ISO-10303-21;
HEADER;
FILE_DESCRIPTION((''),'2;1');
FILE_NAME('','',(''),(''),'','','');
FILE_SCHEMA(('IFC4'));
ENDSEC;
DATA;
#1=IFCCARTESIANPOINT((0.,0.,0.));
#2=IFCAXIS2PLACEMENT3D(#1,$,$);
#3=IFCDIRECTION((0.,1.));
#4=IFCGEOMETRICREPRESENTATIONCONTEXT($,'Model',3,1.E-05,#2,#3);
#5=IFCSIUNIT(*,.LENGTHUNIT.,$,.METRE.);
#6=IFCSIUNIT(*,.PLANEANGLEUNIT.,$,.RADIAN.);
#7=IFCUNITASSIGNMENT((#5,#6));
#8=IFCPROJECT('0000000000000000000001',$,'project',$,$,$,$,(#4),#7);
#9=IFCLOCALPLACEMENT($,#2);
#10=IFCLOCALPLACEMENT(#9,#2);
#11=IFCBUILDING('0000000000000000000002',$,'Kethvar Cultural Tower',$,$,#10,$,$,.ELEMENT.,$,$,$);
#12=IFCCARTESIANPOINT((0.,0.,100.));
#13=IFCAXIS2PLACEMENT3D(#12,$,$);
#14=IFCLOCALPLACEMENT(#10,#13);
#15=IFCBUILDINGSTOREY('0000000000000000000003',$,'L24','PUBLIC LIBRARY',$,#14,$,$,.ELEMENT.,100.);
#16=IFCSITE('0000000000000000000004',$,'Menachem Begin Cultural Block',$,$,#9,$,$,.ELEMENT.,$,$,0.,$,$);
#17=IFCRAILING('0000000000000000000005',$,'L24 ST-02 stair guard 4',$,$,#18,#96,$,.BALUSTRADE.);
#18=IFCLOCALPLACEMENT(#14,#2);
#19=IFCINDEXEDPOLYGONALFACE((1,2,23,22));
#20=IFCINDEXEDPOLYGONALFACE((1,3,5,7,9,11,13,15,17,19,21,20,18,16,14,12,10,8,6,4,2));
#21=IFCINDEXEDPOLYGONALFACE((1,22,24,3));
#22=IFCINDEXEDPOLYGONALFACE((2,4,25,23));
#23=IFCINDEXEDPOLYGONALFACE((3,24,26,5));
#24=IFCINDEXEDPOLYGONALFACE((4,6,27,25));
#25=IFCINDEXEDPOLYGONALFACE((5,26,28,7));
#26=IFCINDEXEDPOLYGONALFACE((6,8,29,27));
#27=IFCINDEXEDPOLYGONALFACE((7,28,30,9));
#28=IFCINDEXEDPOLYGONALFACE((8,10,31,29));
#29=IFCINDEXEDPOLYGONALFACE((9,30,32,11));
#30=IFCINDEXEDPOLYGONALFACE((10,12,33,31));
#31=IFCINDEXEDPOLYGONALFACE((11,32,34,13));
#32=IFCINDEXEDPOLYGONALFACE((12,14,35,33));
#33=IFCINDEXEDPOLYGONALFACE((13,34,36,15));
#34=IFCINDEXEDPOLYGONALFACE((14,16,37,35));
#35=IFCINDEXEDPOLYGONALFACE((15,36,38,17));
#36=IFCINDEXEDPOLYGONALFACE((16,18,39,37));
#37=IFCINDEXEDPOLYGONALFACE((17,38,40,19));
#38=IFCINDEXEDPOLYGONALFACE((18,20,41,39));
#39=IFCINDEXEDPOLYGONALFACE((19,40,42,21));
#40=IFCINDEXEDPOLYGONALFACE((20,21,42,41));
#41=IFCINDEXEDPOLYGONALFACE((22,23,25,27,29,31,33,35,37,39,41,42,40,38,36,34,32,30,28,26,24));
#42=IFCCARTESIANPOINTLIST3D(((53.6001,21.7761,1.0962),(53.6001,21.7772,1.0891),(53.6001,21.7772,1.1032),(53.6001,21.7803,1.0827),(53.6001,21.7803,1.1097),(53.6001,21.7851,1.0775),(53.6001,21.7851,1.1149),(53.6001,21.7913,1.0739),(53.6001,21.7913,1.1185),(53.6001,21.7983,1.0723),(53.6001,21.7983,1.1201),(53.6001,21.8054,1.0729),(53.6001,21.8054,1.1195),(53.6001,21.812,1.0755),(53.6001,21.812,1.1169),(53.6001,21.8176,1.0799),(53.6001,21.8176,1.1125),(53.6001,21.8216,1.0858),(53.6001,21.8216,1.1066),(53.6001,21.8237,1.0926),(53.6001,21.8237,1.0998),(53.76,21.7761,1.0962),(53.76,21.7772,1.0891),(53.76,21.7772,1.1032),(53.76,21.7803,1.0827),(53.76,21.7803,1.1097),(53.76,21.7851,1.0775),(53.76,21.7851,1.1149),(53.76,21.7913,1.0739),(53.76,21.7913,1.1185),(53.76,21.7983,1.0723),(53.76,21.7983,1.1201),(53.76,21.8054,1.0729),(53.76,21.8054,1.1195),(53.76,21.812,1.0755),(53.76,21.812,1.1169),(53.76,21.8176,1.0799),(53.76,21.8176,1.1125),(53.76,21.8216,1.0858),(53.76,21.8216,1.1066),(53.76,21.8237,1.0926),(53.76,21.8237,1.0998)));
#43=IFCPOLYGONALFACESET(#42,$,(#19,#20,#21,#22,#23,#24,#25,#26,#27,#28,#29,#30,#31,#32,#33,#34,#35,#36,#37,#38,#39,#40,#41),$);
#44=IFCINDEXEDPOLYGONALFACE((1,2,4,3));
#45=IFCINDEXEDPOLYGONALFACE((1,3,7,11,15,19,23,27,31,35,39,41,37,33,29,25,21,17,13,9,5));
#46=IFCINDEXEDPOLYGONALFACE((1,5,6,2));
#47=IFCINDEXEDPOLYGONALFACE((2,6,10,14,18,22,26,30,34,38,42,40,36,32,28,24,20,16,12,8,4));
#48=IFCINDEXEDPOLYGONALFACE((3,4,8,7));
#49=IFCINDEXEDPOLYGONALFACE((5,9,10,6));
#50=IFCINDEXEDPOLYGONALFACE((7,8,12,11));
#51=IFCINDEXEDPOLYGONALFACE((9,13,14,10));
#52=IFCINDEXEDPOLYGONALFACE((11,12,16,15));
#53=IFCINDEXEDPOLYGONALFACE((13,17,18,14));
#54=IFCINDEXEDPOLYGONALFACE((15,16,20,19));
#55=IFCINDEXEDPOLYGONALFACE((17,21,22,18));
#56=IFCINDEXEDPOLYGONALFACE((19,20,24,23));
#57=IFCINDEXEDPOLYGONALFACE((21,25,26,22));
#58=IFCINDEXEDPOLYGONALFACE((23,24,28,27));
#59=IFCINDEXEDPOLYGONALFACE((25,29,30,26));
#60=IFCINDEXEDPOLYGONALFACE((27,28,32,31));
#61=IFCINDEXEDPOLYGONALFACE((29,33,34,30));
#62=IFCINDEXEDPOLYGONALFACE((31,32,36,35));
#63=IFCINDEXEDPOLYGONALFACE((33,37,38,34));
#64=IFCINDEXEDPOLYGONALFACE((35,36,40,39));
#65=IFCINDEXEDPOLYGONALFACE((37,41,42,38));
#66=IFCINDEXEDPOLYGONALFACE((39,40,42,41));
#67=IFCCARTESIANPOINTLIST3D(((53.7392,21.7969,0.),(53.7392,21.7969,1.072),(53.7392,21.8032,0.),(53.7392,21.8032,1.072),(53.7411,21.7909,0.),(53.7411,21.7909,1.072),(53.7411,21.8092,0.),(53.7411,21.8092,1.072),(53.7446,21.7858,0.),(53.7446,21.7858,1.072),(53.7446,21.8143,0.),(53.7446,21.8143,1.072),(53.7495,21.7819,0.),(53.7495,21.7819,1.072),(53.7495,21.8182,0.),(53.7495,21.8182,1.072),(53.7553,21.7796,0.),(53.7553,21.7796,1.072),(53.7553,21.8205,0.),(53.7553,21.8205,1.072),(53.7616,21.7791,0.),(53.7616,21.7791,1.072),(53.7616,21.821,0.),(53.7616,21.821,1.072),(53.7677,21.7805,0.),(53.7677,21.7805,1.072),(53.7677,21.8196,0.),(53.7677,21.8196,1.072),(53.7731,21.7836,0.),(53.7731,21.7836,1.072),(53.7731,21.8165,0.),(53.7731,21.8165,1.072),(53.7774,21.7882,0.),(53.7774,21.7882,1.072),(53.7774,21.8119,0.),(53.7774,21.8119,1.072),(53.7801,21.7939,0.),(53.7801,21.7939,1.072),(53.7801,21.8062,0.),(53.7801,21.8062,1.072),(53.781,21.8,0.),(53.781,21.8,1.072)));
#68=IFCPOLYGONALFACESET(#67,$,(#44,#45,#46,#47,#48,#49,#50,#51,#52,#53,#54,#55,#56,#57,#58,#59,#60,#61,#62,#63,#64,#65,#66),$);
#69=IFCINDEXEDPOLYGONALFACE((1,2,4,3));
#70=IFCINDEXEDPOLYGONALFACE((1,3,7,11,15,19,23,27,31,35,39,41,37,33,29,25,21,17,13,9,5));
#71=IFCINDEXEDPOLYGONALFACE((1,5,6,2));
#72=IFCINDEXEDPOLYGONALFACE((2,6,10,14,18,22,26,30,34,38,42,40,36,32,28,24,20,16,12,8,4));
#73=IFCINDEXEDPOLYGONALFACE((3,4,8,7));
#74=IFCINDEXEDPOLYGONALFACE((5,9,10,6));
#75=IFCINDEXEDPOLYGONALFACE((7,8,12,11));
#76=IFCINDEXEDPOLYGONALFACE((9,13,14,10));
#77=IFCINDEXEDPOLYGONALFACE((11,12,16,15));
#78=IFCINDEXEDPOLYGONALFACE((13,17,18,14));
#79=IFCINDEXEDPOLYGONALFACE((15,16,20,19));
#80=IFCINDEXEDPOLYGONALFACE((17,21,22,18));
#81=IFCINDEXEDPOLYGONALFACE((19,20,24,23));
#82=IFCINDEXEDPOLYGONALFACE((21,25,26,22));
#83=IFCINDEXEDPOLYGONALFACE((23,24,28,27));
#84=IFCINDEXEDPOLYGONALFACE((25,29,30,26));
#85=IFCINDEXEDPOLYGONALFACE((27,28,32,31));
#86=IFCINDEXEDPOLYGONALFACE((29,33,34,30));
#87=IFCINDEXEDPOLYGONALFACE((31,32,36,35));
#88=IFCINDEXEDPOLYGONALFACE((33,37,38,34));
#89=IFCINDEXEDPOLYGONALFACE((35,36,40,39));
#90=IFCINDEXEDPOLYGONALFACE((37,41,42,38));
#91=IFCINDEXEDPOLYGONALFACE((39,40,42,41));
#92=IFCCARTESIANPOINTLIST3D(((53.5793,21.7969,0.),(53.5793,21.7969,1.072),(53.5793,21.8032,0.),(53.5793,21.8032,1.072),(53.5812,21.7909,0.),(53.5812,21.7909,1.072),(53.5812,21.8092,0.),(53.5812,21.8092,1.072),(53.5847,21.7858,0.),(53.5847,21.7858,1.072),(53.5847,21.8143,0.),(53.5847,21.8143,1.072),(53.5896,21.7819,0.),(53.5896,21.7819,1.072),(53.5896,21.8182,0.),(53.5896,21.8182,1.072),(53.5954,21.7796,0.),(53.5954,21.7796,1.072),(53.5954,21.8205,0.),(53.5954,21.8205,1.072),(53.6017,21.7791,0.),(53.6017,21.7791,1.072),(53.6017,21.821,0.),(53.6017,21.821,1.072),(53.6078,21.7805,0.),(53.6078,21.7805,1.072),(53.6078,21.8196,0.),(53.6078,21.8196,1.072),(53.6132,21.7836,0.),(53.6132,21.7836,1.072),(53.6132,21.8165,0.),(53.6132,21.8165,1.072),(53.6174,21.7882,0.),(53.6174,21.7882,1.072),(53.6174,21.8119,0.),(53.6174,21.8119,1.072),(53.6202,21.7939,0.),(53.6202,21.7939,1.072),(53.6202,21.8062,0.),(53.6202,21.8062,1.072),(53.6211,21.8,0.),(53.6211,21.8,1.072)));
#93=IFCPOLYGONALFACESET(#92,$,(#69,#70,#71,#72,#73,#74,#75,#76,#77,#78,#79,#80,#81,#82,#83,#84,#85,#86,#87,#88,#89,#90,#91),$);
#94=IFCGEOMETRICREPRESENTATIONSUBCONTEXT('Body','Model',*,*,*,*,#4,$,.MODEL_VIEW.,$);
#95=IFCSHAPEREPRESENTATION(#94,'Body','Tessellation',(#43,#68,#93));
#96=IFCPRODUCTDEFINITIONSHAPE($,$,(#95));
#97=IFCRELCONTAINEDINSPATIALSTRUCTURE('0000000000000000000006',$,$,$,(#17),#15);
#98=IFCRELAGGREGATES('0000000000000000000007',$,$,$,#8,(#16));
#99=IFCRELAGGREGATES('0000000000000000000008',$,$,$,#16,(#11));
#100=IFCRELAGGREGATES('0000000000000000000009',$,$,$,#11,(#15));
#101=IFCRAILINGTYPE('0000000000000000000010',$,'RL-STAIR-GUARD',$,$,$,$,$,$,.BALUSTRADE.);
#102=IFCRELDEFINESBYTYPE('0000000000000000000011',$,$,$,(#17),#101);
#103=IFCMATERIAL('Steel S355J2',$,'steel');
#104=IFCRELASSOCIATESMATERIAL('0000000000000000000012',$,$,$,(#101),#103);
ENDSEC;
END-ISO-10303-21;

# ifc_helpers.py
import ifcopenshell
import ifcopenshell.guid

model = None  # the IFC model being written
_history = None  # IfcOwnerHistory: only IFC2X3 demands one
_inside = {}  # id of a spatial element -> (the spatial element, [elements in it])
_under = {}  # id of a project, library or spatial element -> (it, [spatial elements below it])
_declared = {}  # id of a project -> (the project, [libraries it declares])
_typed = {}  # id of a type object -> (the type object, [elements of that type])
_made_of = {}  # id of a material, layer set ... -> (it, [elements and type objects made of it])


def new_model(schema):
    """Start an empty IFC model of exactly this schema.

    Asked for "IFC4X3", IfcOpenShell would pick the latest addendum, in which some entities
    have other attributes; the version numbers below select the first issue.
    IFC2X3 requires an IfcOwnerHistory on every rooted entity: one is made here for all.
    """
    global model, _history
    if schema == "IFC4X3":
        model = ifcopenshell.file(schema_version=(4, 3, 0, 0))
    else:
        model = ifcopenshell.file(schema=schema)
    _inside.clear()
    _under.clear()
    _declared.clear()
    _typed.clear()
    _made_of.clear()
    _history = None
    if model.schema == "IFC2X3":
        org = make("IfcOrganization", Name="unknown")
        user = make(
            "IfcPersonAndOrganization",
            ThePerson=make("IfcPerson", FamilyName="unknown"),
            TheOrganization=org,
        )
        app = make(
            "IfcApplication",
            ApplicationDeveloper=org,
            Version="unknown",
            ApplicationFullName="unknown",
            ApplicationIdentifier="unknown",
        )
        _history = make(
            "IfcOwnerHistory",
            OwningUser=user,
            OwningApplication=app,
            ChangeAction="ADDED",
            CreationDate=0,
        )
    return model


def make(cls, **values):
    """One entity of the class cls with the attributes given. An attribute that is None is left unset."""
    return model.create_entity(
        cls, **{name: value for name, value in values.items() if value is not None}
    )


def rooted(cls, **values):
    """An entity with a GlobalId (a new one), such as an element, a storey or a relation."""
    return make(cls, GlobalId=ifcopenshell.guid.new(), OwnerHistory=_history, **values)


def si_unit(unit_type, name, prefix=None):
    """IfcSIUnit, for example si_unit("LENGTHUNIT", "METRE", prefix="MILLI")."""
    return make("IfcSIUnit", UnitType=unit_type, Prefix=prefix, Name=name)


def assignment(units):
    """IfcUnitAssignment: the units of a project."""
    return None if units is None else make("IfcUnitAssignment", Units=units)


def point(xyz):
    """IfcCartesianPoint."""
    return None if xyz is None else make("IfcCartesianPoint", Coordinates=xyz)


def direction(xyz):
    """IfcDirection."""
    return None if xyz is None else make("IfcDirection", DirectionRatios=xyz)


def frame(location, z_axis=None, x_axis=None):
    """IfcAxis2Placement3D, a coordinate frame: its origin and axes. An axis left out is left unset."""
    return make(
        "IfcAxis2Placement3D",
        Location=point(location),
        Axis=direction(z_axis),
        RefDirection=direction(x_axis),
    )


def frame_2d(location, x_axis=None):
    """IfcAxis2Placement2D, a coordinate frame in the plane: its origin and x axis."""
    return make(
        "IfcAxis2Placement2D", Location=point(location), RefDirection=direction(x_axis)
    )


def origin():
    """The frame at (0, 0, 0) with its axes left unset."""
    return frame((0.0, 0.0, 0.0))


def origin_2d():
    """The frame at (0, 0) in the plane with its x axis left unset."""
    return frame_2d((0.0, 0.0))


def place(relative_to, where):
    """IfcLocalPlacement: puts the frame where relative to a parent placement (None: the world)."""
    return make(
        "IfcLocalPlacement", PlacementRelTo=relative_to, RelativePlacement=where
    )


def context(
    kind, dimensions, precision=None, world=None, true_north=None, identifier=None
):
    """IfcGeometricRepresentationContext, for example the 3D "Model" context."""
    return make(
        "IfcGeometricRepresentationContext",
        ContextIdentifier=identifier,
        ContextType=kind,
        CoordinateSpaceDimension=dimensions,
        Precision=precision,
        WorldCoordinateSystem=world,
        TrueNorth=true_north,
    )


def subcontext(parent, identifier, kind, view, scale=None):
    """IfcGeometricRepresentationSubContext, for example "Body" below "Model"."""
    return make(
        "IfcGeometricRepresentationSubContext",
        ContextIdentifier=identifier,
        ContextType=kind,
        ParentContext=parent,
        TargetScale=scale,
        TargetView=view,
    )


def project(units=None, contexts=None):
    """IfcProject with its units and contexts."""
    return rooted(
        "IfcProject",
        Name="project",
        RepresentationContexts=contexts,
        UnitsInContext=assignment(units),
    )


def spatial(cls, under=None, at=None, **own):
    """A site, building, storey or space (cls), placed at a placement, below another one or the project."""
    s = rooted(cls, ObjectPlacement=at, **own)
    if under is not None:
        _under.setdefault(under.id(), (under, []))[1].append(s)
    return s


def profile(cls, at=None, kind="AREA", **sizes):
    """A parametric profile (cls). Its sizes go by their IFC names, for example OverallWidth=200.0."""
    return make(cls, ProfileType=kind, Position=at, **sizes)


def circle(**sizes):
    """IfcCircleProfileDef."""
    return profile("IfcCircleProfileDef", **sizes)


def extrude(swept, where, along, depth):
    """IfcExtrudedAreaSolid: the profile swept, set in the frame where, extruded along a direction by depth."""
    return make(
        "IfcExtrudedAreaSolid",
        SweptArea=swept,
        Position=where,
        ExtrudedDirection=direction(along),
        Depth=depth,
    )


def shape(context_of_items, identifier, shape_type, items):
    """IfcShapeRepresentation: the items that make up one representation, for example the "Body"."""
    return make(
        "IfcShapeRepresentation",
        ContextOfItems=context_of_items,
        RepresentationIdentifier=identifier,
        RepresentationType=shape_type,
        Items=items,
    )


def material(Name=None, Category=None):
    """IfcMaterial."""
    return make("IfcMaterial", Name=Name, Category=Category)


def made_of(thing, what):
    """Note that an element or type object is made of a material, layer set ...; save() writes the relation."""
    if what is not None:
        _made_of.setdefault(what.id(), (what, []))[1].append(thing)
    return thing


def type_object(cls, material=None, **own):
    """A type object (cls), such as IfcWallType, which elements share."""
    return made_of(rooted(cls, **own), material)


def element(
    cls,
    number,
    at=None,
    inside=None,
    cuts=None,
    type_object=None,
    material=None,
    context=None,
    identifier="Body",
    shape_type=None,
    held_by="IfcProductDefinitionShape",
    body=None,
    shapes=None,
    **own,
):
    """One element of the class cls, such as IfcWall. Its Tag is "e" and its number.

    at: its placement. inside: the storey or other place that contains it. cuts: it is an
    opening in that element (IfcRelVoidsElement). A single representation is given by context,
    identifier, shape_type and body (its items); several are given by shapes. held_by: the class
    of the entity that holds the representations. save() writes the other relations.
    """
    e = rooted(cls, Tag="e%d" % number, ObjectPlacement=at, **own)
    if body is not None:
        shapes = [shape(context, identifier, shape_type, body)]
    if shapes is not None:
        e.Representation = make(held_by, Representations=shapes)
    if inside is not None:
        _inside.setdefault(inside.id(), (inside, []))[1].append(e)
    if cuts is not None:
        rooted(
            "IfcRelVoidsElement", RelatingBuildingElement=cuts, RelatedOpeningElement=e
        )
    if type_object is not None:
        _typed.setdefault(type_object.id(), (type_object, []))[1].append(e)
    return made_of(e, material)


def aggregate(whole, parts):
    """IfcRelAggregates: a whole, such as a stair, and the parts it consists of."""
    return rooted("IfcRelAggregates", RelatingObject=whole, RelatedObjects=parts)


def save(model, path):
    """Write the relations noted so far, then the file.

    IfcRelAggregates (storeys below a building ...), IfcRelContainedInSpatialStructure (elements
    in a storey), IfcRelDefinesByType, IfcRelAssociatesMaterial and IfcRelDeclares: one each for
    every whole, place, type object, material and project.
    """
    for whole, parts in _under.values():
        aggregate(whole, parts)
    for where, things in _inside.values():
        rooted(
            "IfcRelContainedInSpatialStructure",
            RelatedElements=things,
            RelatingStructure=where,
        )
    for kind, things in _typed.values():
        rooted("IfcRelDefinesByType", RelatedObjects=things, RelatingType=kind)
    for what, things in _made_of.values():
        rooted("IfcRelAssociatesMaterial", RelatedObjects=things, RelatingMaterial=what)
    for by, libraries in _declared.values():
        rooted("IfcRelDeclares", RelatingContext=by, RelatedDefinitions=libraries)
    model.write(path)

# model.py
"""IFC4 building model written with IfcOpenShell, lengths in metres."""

from ifc_helpers import new_model, si_unit, direction, frame, origin, origin_2d, place, context, subcontext, project, spatial, circle, extrude, material, type_object, element, save


model = new_model("IFC4")

# Units and contexts
model_context = context("Model", 3, precision=1e-05, world=origin(), true_north=direction((0.0, 1.0)))
body_context = subcontext(model_context, "Body", "Model", "MODEL_VIEW")
ifc_project = project(units=[si_unit("LENGTHUNIT", "METRE"), si_unit("PLANEANGLEUNIT", "RADIAN")], contexts=[model_context])

# Site, building, storey
site_placement = place(None, origin())
site = spatial("IfcSite", under=ifc_project, at=site_placement, Name="Menachem Begin Cultural Block", CompositionType="ELEMENT", RefElevation=0.0)
building_placement = place(site_placement, origin())
building = spatial("IfcBuilding", under=site, at=building_placement, Name="Kethvar Cultural Tower", CompositionType="ELEMENT")
storey_placement = place(building_placement, frame((0.0, 0.0, 100.0)))
storey = spatial("IfcBuildingStorey", under=building, at=storey_placement, Name="L24", Description="PUBLIC LIBRARY", CompositionType="ELEMENT", Elevation=100.0)

# Shared definitions
ifc_material_1 = material(Name="Steel S355J2", Category="steel")

# Railing
railing_type_1 = type_object("IfcRailingType", Name="RL-STAIR-GUARD", PredefinedType="BALUSTRADE", material=ifc_material_1)
railing_1_placement = place(storey_placement, frame((53.76, 21.8, 0.0)))
element("IfcRailing", 1, at=railing_1_placement, inside=storey, type_object=railing_type_1, Name="L24 ST-02 stair guard 4", PredefinedType="BALUSTRADE", context=body_context, shape_type="SweptSolid", body=[
    extrude(circle(Radius=0.0239, at=origin_2d()), frame((0.0, 0.0, 1.0962), z_axis=(-1.0, 0.0, 0.0), x_axis=(0.0, -1.0, 0.0)), (0.0, 0.0, 1.0), 0.1599),
    extrude(circle(Radius=0.021, at=origin_2d()), origin(), (0.0, 0.0, 1.0), 1.072),
    extrude(circle(Radius=0.021, at=origin_2d()), frame((-0.1599, 0.0, 0.0)), (0.0, 0.0, 1.0), 1.072),
])

save(model, "model.ifc")
